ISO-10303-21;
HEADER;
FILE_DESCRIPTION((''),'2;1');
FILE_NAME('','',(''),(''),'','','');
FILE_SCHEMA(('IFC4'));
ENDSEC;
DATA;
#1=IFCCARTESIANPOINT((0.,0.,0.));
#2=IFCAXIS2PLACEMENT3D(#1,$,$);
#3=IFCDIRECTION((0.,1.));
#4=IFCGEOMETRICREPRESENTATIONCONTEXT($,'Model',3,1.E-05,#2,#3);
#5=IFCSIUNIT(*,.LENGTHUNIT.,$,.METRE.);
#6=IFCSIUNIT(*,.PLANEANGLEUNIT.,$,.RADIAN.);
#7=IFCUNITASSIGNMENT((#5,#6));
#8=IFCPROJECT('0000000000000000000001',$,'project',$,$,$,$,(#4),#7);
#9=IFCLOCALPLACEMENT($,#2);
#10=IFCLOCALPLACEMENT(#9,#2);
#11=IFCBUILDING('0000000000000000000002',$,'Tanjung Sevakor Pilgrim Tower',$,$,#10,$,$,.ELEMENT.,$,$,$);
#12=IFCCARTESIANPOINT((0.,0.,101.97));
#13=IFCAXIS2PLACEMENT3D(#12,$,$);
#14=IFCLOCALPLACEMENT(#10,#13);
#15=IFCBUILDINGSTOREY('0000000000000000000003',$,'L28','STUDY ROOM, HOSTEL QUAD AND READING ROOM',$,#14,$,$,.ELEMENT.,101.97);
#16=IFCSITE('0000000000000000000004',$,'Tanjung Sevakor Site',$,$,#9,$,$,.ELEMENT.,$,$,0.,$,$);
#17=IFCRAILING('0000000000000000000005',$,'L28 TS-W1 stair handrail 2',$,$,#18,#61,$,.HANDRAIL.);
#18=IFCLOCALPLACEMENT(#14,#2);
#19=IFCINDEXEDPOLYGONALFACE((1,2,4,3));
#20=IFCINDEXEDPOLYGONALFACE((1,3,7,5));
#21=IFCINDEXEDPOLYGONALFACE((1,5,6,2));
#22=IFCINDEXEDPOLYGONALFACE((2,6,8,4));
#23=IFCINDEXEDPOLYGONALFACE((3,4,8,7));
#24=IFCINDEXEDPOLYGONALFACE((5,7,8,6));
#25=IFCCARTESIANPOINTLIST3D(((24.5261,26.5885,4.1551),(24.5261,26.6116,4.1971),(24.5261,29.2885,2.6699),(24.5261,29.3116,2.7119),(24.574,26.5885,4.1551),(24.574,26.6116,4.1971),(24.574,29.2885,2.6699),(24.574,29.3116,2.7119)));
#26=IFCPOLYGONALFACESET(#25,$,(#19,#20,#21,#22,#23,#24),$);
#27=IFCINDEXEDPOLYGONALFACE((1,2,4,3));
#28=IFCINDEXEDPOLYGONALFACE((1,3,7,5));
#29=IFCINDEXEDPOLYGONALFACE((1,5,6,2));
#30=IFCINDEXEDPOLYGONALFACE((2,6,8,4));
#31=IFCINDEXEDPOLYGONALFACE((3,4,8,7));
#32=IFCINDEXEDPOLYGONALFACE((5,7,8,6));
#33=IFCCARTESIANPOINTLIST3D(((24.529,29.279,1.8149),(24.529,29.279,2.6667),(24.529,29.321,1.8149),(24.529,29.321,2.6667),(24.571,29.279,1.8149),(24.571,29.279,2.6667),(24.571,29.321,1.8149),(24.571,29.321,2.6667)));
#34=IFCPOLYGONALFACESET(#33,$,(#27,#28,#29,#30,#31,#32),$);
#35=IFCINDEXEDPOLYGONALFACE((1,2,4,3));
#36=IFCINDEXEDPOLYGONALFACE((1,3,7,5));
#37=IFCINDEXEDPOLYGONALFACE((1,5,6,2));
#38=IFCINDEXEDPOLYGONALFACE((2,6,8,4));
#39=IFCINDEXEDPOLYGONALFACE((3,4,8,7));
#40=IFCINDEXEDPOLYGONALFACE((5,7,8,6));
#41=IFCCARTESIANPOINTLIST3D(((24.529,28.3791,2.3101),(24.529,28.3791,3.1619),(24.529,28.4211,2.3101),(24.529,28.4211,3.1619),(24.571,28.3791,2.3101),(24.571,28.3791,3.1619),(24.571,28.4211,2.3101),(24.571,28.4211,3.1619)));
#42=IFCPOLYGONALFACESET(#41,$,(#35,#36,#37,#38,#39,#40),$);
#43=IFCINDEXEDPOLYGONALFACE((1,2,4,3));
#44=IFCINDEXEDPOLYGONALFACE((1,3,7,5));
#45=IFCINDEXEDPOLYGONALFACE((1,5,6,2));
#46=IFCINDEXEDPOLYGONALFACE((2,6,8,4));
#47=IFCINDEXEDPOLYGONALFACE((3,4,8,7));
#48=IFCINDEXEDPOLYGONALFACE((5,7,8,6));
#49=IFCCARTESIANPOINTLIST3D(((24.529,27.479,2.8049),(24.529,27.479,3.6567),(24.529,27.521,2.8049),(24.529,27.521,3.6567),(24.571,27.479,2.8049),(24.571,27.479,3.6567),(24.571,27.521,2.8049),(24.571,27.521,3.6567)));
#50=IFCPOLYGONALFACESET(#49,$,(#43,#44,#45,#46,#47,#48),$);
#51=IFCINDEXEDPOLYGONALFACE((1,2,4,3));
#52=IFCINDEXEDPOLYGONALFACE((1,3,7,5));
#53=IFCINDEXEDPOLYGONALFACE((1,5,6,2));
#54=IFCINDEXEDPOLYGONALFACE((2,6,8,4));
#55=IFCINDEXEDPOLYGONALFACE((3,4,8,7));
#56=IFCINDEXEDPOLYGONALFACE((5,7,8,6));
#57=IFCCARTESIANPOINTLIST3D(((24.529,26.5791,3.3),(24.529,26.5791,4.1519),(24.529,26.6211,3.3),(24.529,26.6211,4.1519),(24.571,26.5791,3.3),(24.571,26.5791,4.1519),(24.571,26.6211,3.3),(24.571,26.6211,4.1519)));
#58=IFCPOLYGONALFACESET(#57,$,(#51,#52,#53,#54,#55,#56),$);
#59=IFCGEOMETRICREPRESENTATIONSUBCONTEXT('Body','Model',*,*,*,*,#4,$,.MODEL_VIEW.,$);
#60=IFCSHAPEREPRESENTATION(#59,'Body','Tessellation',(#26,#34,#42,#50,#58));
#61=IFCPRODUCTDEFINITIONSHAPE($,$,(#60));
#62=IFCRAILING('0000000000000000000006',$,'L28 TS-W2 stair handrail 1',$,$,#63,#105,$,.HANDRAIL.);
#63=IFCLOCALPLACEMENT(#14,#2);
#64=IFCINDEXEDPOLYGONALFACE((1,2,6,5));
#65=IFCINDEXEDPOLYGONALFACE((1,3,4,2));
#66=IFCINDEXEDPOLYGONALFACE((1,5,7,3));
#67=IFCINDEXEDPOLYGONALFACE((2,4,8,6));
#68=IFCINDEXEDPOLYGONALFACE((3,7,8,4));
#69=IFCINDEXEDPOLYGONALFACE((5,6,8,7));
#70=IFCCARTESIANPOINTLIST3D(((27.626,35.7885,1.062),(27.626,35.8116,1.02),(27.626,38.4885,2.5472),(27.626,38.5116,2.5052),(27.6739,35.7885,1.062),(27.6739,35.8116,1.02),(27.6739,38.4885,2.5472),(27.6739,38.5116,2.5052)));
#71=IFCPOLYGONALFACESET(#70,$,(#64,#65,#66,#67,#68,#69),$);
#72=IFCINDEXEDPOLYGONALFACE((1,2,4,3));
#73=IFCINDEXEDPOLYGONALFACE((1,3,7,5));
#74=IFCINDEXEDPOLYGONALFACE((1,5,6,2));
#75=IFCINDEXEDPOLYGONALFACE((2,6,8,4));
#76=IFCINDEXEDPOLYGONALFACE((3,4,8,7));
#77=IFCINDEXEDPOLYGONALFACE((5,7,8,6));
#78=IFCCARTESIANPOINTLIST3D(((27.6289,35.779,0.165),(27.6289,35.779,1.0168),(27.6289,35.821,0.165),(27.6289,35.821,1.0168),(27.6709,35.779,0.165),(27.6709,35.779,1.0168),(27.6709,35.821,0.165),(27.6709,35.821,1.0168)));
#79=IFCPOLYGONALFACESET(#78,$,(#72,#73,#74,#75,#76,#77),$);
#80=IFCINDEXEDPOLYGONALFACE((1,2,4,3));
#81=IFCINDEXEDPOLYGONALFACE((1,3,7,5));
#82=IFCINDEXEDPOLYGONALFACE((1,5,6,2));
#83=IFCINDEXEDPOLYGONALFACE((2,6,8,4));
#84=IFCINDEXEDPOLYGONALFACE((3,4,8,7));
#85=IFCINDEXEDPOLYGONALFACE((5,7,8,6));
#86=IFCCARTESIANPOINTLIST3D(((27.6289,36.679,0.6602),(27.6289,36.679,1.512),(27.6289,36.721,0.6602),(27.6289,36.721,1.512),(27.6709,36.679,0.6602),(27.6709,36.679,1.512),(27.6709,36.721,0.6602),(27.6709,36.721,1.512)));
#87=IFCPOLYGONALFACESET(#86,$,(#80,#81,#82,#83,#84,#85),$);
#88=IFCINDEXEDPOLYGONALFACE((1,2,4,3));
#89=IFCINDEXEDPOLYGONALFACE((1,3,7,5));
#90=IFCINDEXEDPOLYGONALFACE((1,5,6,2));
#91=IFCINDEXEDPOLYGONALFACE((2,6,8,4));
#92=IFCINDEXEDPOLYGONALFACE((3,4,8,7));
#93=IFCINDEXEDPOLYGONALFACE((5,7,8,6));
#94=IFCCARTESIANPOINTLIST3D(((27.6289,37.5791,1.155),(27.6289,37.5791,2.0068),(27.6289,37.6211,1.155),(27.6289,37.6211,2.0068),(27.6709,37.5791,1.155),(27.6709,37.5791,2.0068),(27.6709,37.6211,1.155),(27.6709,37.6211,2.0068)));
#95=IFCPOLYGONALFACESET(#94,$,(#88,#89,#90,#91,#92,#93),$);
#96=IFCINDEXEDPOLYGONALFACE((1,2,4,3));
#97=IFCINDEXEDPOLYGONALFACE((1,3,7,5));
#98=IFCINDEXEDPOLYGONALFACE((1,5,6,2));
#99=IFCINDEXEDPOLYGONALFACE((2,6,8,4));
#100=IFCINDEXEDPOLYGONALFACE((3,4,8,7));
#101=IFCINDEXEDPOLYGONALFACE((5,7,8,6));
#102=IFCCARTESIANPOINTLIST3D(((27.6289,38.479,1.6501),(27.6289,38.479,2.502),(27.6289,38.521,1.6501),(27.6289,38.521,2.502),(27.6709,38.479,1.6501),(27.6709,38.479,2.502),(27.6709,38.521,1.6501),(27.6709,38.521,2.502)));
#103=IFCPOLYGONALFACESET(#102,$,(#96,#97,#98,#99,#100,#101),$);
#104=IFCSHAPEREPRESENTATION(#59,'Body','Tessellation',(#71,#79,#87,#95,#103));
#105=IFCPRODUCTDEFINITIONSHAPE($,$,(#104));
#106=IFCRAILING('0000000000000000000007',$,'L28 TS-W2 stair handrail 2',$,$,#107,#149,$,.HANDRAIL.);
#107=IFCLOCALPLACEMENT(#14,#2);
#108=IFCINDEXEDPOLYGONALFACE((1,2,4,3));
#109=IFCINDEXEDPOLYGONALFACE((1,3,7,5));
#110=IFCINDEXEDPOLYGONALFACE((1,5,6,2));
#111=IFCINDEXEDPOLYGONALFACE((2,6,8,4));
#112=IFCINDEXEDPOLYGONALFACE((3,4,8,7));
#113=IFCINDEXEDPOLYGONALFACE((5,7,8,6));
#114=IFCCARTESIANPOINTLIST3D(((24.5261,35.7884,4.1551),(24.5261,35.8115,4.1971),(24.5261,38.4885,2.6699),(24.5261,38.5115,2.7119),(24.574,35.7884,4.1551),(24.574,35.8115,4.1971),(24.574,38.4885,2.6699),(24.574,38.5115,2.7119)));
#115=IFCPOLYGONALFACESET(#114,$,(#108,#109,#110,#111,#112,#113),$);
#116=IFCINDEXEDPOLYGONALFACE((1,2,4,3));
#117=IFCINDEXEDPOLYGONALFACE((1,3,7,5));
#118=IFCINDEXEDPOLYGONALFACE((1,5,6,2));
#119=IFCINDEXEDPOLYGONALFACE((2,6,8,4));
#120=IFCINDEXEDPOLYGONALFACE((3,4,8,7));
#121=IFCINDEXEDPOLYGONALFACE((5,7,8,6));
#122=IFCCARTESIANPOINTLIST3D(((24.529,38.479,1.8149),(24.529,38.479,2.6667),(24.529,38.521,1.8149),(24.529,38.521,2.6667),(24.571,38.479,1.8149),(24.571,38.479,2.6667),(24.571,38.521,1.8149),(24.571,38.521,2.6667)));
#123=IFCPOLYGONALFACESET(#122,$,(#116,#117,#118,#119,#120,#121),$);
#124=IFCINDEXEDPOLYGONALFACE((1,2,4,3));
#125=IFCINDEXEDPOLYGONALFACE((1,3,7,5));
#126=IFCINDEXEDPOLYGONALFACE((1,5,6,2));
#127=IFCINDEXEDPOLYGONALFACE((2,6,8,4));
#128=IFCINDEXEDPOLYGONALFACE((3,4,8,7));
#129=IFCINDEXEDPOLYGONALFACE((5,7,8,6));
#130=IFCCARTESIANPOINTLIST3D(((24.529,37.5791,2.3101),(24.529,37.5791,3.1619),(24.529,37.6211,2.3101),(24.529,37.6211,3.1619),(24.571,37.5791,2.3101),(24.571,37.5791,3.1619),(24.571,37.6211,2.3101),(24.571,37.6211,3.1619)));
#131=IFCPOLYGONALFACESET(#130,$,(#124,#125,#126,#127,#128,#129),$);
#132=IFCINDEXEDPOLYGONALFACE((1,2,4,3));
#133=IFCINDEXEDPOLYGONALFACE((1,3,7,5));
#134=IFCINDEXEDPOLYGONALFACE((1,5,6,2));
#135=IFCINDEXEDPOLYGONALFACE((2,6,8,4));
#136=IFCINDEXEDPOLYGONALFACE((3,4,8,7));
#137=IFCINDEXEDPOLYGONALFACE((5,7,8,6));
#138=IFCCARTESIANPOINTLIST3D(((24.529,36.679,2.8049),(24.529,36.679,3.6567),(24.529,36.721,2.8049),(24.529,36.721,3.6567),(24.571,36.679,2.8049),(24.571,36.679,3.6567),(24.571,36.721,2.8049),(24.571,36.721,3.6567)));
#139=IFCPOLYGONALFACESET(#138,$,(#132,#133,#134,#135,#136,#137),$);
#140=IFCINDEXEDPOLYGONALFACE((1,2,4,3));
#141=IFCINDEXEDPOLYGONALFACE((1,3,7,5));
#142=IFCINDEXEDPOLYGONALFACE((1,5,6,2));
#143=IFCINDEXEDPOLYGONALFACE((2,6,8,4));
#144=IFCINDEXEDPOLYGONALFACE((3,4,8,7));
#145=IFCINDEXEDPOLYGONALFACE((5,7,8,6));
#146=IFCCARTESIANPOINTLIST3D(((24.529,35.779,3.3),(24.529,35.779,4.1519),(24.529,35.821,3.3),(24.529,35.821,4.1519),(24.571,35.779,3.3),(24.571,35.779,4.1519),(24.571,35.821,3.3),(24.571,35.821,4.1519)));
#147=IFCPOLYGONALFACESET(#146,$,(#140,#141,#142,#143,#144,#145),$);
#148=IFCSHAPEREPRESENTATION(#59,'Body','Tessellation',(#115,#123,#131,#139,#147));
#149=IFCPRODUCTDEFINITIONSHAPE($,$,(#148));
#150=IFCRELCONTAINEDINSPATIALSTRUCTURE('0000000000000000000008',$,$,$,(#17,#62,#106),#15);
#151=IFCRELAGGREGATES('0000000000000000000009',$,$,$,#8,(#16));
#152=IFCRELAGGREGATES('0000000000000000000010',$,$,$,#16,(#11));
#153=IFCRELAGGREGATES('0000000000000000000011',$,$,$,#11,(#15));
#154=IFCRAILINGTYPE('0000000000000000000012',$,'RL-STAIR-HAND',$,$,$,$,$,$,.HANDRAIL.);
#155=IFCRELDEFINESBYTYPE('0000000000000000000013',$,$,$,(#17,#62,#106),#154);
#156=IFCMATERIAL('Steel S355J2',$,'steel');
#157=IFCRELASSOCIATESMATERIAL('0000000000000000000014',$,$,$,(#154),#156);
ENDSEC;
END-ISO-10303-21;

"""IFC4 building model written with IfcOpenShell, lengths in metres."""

from ifc_helpers import new_model, si_unit, direction, frame, origin, place, context, subcontext, project, spatial, rectangle, extrude, material, type_object, element, save


model = new_model("IFC4")

# Units and contexts
model_context = context("Model", 3, precision=1e-05, world=origin(), true_north=direction((0.0, 1.0)))
body_context = subcontext(model_context, "Body", "Model", "MODEL_VIEW")
ifc_project = project(units=[si_unit("LENGTHUNIT", "METRE"), si_unit("PLANEANGLEUNIT", "RADIAN")], contexts=[model_context])

# Site, building, storey
site_placement = place(None, origin())
site = spatial("IfcSite", under=ifc_project, at=site_placement, Name="Tanjung Sevakor Site", CompositionType="ELEMENT", RefElevation=0.0)
building_placement = place(site_placement, origin())
building = spatial("IfcBuilding", under=site, at=building_placement, Name="Tanjung Sevakor Pilgrim Tower", CompositionType="ELEMENT")
storey_placement = place(building_placement, frame((0.0, 0.0, 101.97)))
storey = spatial("IfcBuildingStorey", under=building, at=storey_placement, Name="L28", Description="STUDY ROOM, HOSTEL QUAD AND READING ROOM", CompositionType="ELEMENT", Elevation=101.97)

# Railings
ifc_material_1 = material(Name="Steel S355J2", Category="steel")
railing_type_1 = type_object("IfcRailingType", Name="RL-STAIR-HAND", PredefinedType="HANDRAIL", material=ifc_material_1)
railing_1_placement = place(storey_placement, frame((24.55, 29.3, 1.8149)))
element("IfcRailing", 1, at=railing_1_placement, inside=storey, type_object=railing_type_1, Name="L28 TS-W1 stair handrail 2", PredefinedType="HANDRAIL", context=body_context, shape_type="SweptSolid", body=[
    extrude(rectangle(XDim=0.0479, YDim=0.0479), frame((0.0, 0.0, 0.876), z_axis=(0.0, -0.876198, 0.481952), x_axis=(1.0, 0.0, 0.0)), (0.0, 0.0, 1.0), 3.0815),
    extrude(rectangle(XDim=0.042, YDim=0.042), origin(), (0.0, 0.0, 1.0), 0.8518),
    extrude(rectangle(XDim=0.042, YDim=0.042), frame((0.0, -0.8999, 0.4951)), (0.0, 0.0, 1.0), 0.8518),
    extrude(rectangle(XDim=0.042, YDim=0.042), frame((0.0, -1.8, 0.99)), (0.0, 0.0, 1.0), 0.8518),
    extrude(rectangle(XDim=0.042, YDim=0.042), frame((0.0, -2.7, 1.4851)), (0.0, 0.0, 1.0), 0.8518),
])
railing_2_placement = place(storey_placement, frame((27.6499, 35.8, 0.165)))
element("IfcRailing", 2, at=railing_2_placement, inside=storey, type_object=railing_type_1, Name="L28 TS-W2 stair handrail 1", PredefinedType="HANDRAIL", context=body_context, shape_type="SweptSolid", body=[
    extrude(rectangle(XDim=0.0479, YDim=0.0479), frame((0.0, 0.0, 0.876), z_axis=(0.0, 0.876198, 0.481952), x_axis=(-1.0, 0.0, 0.0)), (0.0, 0.0, 1.0), 3.0815),
    extrude(rectangle(XDim=0.042, YDim=0.042), origin(), (0.0, 0.0, 1.0), 0.8518),
    extrude(rectangle(XDim=0.042, YDim=0.042), frame((0.0, 0.8999, 0.4951)), (0.0, 0.0, 1.0), 0.8518),
    extrude(rectangle(XDim=0.042, YDim=0.042), frame((0.0, 1.8, 0.99)), (0.0, 0.0, 1.0), 0.8518),
    extrude(rectangle(XDim=0.042, YDim=0.042), frame((0.0, 2.7, 1.4851)), (0.0, 0.0, 1.0), 0.8518),
])
railing_3_placement = place(storey_placement, frame((24.55, 38.5, 1.8149)))
element("IfcRailing", 3, at=railing_3_placement, inside=storey, type_object=railing_type_1, Name="L28 TS-W2 stair handrail 2", PredefinedType="HANDRAIL", context=body_context, shape_type="SweptSolid", body=[
    extrude(rectangle(XDim=0.0479, YDim=0.0479), frame((0.0, 0.0, 0.876), z_axis=(0.0, -0.876198, 0.481952), x_axis=(1.0, 0.0, 0.0)), (0.0, 0.0, 1.0), 3.0815),
    extrude(rectangle(XDim=0.042, YDim=0.042), origin(), (0.0, 0.0, 1.0), 0.8518),
    extrude(rectangle(XDim=0.042, YDim=0.042), frame((0.0, -0.8999, 0.4951)), (0.0, 0.0, 1.0), 0.8518),
    extrude(rectangle(XDim=0.042, YDim=0.042), frame((0.0, -1.8, 0.99)), (0.0, 0.0, 1.0), 0.8518),
    extrude(rectangle(XDim=0.042, YDim=0.042), frame((0.0, -2.7, 1.4851)), (0.0, 0.0, 1.0), 0.8518),
])

save(model, "model.ifc")
